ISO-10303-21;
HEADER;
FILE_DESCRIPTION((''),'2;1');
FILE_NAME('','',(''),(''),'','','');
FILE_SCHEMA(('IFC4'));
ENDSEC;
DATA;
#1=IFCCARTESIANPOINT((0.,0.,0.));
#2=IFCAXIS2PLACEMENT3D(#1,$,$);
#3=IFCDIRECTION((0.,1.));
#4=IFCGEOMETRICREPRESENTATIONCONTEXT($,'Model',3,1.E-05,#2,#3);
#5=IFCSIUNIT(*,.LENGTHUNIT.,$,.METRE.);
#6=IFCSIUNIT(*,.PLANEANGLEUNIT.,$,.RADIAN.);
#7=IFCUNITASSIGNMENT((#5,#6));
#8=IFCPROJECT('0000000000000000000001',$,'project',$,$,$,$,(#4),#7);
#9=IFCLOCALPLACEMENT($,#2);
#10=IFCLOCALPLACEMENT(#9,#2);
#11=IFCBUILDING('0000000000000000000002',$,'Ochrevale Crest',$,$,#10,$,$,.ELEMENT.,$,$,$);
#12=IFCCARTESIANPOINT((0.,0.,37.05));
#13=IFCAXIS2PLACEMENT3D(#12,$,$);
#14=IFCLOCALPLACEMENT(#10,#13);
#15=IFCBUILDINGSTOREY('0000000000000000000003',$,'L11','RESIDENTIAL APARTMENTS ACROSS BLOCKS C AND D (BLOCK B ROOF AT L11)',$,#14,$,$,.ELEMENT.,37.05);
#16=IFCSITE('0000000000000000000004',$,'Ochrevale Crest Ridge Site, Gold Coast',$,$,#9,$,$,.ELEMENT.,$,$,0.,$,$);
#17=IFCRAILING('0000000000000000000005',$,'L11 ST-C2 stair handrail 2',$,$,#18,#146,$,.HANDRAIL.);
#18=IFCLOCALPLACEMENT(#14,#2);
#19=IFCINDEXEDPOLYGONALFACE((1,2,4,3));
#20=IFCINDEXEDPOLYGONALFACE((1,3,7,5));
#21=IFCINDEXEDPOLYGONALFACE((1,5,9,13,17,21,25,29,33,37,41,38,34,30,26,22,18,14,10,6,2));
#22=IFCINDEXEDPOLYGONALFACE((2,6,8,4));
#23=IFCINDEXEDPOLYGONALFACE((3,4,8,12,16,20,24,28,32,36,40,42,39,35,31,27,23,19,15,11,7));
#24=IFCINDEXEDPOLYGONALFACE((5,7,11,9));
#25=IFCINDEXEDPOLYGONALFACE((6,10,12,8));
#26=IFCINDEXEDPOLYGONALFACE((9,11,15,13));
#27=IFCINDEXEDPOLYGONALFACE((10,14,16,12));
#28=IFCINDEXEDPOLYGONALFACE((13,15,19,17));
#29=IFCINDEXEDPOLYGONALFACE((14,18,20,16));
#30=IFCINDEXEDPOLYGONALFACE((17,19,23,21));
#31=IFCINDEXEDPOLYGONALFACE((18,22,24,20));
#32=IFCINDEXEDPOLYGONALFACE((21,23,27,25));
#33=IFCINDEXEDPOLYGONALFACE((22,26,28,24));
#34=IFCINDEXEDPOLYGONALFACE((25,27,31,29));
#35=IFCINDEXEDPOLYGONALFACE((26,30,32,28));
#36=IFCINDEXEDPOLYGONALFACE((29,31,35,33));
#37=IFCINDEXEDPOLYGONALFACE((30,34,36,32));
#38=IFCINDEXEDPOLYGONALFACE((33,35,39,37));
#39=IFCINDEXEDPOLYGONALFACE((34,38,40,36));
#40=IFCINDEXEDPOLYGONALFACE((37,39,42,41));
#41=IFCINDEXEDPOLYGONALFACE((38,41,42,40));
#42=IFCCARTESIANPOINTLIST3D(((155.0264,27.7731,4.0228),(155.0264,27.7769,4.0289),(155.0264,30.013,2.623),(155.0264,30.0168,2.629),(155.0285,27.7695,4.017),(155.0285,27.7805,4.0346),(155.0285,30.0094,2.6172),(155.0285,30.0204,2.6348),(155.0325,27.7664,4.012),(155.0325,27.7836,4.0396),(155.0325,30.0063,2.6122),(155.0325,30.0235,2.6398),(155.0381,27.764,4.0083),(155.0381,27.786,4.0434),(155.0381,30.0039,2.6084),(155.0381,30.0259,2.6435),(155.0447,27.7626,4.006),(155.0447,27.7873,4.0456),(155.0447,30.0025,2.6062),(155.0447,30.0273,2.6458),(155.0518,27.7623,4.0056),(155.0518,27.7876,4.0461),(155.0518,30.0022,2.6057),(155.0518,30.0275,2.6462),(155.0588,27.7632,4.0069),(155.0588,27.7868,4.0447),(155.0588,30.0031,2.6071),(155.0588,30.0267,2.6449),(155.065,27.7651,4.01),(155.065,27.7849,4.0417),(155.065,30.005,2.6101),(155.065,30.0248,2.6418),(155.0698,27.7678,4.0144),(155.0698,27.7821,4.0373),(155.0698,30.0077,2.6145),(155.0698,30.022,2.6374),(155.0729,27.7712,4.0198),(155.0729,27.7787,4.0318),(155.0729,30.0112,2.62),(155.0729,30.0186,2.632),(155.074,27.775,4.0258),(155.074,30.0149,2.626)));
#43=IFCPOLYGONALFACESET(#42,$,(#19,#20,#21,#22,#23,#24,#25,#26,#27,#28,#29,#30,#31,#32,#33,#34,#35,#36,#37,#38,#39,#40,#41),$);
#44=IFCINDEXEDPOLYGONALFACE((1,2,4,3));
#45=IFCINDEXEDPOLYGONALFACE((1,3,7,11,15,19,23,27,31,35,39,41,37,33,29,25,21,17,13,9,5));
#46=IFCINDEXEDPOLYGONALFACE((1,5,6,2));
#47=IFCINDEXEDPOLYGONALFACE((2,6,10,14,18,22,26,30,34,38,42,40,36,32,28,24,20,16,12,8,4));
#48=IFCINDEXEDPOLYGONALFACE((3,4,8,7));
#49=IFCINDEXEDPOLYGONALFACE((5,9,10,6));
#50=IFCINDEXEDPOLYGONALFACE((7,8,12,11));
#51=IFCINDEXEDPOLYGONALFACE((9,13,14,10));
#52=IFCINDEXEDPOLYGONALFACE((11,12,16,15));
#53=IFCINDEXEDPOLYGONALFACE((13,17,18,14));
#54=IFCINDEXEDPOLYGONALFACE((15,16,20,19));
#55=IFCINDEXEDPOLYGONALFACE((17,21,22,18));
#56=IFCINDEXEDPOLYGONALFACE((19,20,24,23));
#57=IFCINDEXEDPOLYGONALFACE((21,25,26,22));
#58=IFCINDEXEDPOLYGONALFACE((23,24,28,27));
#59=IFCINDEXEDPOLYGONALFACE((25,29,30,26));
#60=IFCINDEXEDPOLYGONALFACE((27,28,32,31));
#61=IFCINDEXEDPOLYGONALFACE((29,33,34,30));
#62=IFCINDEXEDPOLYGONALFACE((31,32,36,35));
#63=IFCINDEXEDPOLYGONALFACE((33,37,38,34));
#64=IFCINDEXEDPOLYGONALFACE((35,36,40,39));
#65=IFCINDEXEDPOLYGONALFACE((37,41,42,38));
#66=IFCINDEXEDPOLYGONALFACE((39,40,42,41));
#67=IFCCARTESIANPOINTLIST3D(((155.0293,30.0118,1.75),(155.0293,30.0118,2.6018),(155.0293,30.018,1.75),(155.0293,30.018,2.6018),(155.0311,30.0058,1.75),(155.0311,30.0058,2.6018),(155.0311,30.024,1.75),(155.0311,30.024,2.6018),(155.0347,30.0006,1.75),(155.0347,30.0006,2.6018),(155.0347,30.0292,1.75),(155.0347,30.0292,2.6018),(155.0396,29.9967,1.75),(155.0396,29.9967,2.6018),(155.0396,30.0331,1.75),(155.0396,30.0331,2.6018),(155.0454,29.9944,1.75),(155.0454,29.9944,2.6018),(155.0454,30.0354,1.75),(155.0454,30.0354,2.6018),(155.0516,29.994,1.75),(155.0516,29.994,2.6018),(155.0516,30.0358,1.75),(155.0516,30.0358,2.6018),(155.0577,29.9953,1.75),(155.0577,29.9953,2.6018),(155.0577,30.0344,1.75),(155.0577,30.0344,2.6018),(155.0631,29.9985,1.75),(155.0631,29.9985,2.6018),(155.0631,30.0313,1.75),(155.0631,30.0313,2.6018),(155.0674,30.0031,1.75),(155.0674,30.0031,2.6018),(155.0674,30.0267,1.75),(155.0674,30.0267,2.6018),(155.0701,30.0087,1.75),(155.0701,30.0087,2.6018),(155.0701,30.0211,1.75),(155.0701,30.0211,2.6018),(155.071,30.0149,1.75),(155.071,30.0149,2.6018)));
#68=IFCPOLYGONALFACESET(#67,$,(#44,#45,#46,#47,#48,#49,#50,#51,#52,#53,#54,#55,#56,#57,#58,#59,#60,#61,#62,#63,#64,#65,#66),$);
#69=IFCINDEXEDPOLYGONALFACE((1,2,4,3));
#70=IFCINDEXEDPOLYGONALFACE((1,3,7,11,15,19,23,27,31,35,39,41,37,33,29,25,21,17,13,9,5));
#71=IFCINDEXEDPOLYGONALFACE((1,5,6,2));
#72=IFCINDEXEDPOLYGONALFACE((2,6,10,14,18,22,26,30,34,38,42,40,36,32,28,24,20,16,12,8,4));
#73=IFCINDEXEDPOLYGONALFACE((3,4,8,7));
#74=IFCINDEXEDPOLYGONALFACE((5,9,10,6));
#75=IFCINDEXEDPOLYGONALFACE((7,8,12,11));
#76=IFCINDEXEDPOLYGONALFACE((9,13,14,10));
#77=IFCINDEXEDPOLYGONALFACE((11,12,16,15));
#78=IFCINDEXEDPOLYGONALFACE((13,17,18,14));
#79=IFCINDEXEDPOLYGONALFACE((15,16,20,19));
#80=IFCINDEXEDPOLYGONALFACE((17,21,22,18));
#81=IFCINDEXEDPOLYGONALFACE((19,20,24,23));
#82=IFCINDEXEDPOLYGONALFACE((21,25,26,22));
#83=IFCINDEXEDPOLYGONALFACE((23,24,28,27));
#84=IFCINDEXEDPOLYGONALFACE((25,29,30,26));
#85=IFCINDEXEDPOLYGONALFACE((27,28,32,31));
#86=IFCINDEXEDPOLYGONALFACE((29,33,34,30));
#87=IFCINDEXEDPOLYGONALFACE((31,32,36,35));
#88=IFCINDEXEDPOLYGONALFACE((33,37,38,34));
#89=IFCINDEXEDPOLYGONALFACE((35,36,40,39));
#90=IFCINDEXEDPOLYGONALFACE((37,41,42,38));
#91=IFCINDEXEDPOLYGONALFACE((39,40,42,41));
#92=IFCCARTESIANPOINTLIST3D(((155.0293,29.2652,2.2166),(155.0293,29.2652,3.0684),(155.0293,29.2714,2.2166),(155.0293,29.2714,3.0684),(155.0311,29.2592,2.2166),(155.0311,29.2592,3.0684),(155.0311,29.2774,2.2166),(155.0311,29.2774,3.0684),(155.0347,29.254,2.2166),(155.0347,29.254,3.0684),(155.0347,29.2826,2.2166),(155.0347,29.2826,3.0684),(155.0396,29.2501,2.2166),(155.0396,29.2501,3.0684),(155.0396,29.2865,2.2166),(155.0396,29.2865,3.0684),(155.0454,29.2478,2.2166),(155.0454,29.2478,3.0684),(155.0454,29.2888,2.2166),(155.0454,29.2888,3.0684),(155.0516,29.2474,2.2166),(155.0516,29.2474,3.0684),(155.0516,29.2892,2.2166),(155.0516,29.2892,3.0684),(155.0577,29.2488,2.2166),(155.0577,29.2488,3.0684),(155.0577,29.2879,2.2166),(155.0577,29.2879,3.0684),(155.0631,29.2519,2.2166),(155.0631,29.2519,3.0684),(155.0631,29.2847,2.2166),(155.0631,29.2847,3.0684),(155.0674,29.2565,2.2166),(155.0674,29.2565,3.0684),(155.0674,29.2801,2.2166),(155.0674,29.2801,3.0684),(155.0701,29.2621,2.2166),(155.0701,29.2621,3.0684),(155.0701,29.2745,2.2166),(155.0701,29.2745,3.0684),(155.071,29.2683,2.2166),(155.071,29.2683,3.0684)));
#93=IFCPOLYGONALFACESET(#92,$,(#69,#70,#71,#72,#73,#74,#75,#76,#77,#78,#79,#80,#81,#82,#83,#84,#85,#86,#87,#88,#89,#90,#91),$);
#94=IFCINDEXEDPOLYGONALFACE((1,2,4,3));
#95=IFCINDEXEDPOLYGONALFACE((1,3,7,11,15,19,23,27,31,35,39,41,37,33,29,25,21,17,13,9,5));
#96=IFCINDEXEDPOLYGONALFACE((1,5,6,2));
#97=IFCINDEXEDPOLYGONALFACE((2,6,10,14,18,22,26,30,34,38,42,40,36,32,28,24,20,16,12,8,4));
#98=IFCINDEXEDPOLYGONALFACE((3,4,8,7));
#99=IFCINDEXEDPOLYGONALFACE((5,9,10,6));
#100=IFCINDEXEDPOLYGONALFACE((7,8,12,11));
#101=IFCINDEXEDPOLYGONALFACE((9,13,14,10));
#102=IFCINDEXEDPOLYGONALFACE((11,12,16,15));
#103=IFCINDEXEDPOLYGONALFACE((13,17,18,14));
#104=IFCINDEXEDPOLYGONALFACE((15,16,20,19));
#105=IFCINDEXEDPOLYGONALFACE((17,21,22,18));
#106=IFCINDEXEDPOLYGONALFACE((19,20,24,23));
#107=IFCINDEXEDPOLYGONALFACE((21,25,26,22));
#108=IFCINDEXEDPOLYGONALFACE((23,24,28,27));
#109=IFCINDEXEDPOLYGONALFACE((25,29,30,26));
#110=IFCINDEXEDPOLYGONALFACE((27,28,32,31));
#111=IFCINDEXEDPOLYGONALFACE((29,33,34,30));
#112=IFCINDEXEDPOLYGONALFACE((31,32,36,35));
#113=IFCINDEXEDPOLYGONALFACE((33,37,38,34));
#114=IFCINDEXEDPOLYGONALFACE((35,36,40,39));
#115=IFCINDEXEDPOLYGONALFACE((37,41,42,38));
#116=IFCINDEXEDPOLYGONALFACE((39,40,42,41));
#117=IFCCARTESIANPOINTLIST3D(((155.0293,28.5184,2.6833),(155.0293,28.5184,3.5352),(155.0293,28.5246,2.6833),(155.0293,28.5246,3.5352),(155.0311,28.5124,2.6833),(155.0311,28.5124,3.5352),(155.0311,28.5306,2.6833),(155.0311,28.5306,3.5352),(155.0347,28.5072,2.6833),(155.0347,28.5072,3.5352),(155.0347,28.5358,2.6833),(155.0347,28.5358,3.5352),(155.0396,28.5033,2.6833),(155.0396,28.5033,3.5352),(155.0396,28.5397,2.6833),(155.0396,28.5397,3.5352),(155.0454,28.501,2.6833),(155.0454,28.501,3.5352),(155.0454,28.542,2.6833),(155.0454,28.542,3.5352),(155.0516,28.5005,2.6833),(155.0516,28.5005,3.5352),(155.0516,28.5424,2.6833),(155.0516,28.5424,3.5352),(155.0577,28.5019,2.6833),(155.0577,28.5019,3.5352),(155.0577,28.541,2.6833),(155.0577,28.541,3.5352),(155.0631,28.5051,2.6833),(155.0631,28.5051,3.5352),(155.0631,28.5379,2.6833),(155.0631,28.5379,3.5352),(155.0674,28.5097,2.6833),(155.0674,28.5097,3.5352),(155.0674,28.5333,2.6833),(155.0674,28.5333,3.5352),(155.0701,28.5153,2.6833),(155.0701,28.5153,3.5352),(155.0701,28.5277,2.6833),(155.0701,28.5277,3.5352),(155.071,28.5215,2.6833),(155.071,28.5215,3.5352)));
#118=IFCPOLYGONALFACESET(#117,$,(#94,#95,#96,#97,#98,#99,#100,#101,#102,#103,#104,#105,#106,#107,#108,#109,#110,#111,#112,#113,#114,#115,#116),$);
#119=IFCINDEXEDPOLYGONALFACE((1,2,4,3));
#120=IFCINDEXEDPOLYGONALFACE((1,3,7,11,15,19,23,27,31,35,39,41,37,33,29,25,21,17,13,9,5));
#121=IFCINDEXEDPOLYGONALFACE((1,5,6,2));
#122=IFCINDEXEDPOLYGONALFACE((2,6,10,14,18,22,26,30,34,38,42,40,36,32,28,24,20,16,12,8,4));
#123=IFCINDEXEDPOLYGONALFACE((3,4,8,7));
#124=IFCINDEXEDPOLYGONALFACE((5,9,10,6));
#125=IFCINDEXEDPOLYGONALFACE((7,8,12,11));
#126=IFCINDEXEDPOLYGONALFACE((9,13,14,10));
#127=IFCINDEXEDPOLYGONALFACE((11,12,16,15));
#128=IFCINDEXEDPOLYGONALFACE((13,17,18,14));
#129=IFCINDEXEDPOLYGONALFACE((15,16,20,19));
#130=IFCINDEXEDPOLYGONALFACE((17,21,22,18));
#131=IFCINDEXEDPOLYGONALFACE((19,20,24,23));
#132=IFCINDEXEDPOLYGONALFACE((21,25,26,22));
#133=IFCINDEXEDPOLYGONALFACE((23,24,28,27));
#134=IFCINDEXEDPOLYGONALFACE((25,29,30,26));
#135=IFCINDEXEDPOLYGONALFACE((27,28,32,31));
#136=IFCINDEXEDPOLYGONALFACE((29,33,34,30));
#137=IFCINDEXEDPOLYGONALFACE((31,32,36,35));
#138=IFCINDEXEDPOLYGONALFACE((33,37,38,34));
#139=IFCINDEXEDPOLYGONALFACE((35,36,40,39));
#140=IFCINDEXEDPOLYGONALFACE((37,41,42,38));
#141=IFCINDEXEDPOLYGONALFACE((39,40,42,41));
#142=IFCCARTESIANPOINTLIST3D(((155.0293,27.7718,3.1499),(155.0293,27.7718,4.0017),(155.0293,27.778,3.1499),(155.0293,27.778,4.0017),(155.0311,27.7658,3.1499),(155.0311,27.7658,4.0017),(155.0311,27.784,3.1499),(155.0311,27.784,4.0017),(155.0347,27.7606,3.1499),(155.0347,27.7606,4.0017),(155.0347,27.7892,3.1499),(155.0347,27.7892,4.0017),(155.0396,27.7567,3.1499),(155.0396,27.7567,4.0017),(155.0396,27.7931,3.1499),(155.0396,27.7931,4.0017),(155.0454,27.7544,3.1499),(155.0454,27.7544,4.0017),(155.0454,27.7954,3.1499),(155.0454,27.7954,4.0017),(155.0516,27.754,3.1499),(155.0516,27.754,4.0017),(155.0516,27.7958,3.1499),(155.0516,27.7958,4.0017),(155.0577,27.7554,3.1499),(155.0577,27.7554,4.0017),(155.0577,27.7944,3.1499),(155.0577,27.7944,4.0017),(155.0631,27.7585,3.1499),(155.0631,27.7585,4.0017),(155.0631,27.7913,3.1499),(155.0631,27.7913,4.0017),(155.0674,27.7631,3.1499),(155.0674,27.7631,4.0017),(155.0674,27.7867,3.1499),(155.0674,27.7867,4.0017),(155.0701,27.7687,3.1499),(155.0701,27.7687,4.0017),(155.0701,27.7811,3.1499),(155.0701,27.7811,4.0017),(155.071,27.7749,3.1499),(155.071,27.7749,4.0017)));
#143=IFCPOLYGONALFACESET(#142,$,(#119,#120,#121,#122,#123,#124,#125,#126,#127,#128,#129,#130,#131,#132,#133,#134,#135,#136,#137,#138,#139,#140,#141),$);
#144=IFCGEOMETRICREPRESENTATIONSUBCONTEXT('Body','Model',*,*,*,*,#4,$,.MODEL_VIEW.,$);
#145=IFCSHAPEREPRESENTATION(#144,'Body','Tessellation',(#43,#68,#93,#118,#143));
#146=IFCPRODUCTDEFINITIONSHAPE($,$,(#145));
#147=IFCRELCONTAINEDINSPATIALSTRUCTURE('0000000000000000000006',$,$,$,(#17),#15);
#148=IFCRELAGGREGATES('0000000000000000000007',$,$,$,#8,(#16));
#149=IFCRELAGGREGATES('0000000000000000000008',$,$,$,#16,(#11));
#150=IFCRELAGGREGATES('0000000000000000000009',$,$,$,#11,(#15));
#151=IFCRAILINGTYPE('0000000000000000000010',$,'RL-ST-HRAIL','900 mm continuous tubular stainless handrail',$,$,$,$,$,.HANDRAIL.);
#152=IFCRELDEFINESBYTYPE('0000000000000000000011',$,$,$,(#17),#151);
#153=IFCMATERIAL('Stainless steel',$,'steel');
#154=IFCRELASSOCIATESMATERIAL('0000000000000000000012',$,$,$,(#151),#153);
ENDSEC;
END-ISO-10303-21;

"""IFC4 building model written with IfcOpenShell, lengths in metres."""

from ifc_helpers import new_model, si_unit, direction, frame, origin, origin_2d, place, context, subcontext, project, spatial, circle, extrude, material, type_object, element, save


model = new_model("IFC4")

# Units and contexts
model_context = context("Model", 3, precision=1e-05, world=origin(), true_north=direction((0.0, 1.0)))
body_context = subcontext(model_context, "Body", "Model", "MODEL_VIEW")
ifc_project = project(units=[si_unit("LENGTHUNIT", "METRE"), si_unit("PLANEANGLEUNIT", "RADIAN")], contexts=[model_context])

# Site, building, storey
site_placement = place(None, origin())
site = spatial("IfcSite", under=ifc_project, at=site_placement, Name="Ochrevale Crest Ridge Site, Gold Coast", CompositionType="ELEMENT", RefElevation=0.0)
building_placement = place(site_placement, origin())
building = spatial("IfcBuilding", under=site, at=building_placement, Name="Ochrevale Crest", CompositionType="ELEMENT")
storey_placement = place(building_placement, frame((0.0, 0.0, 37.05)))
storey = spatial("IfcBuildingStorey", under=building, at=storey_placement, Name="L11", Description="RESIDENTIAL APARTMENTS ACROSS BLOCKS C AND D (BLOCK B ROOF AT L11)", CompositionType="ELEMENT", Elevation=37.05)

# Railing
ifc_material_1 = material(Name="Stainless steel", Category="steel")
railing_type_1 = type_object("IfcRailingType", Name="RL-ST-HRAIL", Description="900 mm continuous tubular stainless handrail", PredefinedType="HANDRAIL", material=ifc_material_1)
railing_1_placement = place(storey_placement, frame((155.05, 30.0149, 1.75)))
element("IfcRailing", 1, at=railing_1_placement, inside=storey, type_object=railing_type_1, Name="L11 ST-C2 stair handrail 2", PredefinedType="HANDRAIL", context=body_context, shape_type="SweptSolid", body=[
    extrude(circle(Radius=0.0239, at=origin_2d()), frame((0.0, 0.0, 0.876), z_axis=(0.0, -0.848014, 0.529974), x_axis=(1.0, 0.0, 0.0)), (0.0, 0.0, 1.0), 2.6414),
    extrude(circle(Radius=0.021, at=origin_2d()), origin(), (0.0, 0.0, 1.0), 0.8518),
    extrude(circle(Radius=0.021, at=origin_2d()), frame((0.0, -0.7466, 0.4666)), (0.0, 0.0, 1.0), 0.8518),
    extrude(circle(Radius=0.021, at=origin_2d()), frame((0.0, -1.4934, 0.9333)), (0.0, 0.0, 1.0), 0.8518),
    extrude(circle(Radius=0.021, at=origin_2d()), frame((0.0, -2.24, 1.3999)), (0.0, 0.0, 1.0), 0.8518),
])

save(model, "model.ifc")
